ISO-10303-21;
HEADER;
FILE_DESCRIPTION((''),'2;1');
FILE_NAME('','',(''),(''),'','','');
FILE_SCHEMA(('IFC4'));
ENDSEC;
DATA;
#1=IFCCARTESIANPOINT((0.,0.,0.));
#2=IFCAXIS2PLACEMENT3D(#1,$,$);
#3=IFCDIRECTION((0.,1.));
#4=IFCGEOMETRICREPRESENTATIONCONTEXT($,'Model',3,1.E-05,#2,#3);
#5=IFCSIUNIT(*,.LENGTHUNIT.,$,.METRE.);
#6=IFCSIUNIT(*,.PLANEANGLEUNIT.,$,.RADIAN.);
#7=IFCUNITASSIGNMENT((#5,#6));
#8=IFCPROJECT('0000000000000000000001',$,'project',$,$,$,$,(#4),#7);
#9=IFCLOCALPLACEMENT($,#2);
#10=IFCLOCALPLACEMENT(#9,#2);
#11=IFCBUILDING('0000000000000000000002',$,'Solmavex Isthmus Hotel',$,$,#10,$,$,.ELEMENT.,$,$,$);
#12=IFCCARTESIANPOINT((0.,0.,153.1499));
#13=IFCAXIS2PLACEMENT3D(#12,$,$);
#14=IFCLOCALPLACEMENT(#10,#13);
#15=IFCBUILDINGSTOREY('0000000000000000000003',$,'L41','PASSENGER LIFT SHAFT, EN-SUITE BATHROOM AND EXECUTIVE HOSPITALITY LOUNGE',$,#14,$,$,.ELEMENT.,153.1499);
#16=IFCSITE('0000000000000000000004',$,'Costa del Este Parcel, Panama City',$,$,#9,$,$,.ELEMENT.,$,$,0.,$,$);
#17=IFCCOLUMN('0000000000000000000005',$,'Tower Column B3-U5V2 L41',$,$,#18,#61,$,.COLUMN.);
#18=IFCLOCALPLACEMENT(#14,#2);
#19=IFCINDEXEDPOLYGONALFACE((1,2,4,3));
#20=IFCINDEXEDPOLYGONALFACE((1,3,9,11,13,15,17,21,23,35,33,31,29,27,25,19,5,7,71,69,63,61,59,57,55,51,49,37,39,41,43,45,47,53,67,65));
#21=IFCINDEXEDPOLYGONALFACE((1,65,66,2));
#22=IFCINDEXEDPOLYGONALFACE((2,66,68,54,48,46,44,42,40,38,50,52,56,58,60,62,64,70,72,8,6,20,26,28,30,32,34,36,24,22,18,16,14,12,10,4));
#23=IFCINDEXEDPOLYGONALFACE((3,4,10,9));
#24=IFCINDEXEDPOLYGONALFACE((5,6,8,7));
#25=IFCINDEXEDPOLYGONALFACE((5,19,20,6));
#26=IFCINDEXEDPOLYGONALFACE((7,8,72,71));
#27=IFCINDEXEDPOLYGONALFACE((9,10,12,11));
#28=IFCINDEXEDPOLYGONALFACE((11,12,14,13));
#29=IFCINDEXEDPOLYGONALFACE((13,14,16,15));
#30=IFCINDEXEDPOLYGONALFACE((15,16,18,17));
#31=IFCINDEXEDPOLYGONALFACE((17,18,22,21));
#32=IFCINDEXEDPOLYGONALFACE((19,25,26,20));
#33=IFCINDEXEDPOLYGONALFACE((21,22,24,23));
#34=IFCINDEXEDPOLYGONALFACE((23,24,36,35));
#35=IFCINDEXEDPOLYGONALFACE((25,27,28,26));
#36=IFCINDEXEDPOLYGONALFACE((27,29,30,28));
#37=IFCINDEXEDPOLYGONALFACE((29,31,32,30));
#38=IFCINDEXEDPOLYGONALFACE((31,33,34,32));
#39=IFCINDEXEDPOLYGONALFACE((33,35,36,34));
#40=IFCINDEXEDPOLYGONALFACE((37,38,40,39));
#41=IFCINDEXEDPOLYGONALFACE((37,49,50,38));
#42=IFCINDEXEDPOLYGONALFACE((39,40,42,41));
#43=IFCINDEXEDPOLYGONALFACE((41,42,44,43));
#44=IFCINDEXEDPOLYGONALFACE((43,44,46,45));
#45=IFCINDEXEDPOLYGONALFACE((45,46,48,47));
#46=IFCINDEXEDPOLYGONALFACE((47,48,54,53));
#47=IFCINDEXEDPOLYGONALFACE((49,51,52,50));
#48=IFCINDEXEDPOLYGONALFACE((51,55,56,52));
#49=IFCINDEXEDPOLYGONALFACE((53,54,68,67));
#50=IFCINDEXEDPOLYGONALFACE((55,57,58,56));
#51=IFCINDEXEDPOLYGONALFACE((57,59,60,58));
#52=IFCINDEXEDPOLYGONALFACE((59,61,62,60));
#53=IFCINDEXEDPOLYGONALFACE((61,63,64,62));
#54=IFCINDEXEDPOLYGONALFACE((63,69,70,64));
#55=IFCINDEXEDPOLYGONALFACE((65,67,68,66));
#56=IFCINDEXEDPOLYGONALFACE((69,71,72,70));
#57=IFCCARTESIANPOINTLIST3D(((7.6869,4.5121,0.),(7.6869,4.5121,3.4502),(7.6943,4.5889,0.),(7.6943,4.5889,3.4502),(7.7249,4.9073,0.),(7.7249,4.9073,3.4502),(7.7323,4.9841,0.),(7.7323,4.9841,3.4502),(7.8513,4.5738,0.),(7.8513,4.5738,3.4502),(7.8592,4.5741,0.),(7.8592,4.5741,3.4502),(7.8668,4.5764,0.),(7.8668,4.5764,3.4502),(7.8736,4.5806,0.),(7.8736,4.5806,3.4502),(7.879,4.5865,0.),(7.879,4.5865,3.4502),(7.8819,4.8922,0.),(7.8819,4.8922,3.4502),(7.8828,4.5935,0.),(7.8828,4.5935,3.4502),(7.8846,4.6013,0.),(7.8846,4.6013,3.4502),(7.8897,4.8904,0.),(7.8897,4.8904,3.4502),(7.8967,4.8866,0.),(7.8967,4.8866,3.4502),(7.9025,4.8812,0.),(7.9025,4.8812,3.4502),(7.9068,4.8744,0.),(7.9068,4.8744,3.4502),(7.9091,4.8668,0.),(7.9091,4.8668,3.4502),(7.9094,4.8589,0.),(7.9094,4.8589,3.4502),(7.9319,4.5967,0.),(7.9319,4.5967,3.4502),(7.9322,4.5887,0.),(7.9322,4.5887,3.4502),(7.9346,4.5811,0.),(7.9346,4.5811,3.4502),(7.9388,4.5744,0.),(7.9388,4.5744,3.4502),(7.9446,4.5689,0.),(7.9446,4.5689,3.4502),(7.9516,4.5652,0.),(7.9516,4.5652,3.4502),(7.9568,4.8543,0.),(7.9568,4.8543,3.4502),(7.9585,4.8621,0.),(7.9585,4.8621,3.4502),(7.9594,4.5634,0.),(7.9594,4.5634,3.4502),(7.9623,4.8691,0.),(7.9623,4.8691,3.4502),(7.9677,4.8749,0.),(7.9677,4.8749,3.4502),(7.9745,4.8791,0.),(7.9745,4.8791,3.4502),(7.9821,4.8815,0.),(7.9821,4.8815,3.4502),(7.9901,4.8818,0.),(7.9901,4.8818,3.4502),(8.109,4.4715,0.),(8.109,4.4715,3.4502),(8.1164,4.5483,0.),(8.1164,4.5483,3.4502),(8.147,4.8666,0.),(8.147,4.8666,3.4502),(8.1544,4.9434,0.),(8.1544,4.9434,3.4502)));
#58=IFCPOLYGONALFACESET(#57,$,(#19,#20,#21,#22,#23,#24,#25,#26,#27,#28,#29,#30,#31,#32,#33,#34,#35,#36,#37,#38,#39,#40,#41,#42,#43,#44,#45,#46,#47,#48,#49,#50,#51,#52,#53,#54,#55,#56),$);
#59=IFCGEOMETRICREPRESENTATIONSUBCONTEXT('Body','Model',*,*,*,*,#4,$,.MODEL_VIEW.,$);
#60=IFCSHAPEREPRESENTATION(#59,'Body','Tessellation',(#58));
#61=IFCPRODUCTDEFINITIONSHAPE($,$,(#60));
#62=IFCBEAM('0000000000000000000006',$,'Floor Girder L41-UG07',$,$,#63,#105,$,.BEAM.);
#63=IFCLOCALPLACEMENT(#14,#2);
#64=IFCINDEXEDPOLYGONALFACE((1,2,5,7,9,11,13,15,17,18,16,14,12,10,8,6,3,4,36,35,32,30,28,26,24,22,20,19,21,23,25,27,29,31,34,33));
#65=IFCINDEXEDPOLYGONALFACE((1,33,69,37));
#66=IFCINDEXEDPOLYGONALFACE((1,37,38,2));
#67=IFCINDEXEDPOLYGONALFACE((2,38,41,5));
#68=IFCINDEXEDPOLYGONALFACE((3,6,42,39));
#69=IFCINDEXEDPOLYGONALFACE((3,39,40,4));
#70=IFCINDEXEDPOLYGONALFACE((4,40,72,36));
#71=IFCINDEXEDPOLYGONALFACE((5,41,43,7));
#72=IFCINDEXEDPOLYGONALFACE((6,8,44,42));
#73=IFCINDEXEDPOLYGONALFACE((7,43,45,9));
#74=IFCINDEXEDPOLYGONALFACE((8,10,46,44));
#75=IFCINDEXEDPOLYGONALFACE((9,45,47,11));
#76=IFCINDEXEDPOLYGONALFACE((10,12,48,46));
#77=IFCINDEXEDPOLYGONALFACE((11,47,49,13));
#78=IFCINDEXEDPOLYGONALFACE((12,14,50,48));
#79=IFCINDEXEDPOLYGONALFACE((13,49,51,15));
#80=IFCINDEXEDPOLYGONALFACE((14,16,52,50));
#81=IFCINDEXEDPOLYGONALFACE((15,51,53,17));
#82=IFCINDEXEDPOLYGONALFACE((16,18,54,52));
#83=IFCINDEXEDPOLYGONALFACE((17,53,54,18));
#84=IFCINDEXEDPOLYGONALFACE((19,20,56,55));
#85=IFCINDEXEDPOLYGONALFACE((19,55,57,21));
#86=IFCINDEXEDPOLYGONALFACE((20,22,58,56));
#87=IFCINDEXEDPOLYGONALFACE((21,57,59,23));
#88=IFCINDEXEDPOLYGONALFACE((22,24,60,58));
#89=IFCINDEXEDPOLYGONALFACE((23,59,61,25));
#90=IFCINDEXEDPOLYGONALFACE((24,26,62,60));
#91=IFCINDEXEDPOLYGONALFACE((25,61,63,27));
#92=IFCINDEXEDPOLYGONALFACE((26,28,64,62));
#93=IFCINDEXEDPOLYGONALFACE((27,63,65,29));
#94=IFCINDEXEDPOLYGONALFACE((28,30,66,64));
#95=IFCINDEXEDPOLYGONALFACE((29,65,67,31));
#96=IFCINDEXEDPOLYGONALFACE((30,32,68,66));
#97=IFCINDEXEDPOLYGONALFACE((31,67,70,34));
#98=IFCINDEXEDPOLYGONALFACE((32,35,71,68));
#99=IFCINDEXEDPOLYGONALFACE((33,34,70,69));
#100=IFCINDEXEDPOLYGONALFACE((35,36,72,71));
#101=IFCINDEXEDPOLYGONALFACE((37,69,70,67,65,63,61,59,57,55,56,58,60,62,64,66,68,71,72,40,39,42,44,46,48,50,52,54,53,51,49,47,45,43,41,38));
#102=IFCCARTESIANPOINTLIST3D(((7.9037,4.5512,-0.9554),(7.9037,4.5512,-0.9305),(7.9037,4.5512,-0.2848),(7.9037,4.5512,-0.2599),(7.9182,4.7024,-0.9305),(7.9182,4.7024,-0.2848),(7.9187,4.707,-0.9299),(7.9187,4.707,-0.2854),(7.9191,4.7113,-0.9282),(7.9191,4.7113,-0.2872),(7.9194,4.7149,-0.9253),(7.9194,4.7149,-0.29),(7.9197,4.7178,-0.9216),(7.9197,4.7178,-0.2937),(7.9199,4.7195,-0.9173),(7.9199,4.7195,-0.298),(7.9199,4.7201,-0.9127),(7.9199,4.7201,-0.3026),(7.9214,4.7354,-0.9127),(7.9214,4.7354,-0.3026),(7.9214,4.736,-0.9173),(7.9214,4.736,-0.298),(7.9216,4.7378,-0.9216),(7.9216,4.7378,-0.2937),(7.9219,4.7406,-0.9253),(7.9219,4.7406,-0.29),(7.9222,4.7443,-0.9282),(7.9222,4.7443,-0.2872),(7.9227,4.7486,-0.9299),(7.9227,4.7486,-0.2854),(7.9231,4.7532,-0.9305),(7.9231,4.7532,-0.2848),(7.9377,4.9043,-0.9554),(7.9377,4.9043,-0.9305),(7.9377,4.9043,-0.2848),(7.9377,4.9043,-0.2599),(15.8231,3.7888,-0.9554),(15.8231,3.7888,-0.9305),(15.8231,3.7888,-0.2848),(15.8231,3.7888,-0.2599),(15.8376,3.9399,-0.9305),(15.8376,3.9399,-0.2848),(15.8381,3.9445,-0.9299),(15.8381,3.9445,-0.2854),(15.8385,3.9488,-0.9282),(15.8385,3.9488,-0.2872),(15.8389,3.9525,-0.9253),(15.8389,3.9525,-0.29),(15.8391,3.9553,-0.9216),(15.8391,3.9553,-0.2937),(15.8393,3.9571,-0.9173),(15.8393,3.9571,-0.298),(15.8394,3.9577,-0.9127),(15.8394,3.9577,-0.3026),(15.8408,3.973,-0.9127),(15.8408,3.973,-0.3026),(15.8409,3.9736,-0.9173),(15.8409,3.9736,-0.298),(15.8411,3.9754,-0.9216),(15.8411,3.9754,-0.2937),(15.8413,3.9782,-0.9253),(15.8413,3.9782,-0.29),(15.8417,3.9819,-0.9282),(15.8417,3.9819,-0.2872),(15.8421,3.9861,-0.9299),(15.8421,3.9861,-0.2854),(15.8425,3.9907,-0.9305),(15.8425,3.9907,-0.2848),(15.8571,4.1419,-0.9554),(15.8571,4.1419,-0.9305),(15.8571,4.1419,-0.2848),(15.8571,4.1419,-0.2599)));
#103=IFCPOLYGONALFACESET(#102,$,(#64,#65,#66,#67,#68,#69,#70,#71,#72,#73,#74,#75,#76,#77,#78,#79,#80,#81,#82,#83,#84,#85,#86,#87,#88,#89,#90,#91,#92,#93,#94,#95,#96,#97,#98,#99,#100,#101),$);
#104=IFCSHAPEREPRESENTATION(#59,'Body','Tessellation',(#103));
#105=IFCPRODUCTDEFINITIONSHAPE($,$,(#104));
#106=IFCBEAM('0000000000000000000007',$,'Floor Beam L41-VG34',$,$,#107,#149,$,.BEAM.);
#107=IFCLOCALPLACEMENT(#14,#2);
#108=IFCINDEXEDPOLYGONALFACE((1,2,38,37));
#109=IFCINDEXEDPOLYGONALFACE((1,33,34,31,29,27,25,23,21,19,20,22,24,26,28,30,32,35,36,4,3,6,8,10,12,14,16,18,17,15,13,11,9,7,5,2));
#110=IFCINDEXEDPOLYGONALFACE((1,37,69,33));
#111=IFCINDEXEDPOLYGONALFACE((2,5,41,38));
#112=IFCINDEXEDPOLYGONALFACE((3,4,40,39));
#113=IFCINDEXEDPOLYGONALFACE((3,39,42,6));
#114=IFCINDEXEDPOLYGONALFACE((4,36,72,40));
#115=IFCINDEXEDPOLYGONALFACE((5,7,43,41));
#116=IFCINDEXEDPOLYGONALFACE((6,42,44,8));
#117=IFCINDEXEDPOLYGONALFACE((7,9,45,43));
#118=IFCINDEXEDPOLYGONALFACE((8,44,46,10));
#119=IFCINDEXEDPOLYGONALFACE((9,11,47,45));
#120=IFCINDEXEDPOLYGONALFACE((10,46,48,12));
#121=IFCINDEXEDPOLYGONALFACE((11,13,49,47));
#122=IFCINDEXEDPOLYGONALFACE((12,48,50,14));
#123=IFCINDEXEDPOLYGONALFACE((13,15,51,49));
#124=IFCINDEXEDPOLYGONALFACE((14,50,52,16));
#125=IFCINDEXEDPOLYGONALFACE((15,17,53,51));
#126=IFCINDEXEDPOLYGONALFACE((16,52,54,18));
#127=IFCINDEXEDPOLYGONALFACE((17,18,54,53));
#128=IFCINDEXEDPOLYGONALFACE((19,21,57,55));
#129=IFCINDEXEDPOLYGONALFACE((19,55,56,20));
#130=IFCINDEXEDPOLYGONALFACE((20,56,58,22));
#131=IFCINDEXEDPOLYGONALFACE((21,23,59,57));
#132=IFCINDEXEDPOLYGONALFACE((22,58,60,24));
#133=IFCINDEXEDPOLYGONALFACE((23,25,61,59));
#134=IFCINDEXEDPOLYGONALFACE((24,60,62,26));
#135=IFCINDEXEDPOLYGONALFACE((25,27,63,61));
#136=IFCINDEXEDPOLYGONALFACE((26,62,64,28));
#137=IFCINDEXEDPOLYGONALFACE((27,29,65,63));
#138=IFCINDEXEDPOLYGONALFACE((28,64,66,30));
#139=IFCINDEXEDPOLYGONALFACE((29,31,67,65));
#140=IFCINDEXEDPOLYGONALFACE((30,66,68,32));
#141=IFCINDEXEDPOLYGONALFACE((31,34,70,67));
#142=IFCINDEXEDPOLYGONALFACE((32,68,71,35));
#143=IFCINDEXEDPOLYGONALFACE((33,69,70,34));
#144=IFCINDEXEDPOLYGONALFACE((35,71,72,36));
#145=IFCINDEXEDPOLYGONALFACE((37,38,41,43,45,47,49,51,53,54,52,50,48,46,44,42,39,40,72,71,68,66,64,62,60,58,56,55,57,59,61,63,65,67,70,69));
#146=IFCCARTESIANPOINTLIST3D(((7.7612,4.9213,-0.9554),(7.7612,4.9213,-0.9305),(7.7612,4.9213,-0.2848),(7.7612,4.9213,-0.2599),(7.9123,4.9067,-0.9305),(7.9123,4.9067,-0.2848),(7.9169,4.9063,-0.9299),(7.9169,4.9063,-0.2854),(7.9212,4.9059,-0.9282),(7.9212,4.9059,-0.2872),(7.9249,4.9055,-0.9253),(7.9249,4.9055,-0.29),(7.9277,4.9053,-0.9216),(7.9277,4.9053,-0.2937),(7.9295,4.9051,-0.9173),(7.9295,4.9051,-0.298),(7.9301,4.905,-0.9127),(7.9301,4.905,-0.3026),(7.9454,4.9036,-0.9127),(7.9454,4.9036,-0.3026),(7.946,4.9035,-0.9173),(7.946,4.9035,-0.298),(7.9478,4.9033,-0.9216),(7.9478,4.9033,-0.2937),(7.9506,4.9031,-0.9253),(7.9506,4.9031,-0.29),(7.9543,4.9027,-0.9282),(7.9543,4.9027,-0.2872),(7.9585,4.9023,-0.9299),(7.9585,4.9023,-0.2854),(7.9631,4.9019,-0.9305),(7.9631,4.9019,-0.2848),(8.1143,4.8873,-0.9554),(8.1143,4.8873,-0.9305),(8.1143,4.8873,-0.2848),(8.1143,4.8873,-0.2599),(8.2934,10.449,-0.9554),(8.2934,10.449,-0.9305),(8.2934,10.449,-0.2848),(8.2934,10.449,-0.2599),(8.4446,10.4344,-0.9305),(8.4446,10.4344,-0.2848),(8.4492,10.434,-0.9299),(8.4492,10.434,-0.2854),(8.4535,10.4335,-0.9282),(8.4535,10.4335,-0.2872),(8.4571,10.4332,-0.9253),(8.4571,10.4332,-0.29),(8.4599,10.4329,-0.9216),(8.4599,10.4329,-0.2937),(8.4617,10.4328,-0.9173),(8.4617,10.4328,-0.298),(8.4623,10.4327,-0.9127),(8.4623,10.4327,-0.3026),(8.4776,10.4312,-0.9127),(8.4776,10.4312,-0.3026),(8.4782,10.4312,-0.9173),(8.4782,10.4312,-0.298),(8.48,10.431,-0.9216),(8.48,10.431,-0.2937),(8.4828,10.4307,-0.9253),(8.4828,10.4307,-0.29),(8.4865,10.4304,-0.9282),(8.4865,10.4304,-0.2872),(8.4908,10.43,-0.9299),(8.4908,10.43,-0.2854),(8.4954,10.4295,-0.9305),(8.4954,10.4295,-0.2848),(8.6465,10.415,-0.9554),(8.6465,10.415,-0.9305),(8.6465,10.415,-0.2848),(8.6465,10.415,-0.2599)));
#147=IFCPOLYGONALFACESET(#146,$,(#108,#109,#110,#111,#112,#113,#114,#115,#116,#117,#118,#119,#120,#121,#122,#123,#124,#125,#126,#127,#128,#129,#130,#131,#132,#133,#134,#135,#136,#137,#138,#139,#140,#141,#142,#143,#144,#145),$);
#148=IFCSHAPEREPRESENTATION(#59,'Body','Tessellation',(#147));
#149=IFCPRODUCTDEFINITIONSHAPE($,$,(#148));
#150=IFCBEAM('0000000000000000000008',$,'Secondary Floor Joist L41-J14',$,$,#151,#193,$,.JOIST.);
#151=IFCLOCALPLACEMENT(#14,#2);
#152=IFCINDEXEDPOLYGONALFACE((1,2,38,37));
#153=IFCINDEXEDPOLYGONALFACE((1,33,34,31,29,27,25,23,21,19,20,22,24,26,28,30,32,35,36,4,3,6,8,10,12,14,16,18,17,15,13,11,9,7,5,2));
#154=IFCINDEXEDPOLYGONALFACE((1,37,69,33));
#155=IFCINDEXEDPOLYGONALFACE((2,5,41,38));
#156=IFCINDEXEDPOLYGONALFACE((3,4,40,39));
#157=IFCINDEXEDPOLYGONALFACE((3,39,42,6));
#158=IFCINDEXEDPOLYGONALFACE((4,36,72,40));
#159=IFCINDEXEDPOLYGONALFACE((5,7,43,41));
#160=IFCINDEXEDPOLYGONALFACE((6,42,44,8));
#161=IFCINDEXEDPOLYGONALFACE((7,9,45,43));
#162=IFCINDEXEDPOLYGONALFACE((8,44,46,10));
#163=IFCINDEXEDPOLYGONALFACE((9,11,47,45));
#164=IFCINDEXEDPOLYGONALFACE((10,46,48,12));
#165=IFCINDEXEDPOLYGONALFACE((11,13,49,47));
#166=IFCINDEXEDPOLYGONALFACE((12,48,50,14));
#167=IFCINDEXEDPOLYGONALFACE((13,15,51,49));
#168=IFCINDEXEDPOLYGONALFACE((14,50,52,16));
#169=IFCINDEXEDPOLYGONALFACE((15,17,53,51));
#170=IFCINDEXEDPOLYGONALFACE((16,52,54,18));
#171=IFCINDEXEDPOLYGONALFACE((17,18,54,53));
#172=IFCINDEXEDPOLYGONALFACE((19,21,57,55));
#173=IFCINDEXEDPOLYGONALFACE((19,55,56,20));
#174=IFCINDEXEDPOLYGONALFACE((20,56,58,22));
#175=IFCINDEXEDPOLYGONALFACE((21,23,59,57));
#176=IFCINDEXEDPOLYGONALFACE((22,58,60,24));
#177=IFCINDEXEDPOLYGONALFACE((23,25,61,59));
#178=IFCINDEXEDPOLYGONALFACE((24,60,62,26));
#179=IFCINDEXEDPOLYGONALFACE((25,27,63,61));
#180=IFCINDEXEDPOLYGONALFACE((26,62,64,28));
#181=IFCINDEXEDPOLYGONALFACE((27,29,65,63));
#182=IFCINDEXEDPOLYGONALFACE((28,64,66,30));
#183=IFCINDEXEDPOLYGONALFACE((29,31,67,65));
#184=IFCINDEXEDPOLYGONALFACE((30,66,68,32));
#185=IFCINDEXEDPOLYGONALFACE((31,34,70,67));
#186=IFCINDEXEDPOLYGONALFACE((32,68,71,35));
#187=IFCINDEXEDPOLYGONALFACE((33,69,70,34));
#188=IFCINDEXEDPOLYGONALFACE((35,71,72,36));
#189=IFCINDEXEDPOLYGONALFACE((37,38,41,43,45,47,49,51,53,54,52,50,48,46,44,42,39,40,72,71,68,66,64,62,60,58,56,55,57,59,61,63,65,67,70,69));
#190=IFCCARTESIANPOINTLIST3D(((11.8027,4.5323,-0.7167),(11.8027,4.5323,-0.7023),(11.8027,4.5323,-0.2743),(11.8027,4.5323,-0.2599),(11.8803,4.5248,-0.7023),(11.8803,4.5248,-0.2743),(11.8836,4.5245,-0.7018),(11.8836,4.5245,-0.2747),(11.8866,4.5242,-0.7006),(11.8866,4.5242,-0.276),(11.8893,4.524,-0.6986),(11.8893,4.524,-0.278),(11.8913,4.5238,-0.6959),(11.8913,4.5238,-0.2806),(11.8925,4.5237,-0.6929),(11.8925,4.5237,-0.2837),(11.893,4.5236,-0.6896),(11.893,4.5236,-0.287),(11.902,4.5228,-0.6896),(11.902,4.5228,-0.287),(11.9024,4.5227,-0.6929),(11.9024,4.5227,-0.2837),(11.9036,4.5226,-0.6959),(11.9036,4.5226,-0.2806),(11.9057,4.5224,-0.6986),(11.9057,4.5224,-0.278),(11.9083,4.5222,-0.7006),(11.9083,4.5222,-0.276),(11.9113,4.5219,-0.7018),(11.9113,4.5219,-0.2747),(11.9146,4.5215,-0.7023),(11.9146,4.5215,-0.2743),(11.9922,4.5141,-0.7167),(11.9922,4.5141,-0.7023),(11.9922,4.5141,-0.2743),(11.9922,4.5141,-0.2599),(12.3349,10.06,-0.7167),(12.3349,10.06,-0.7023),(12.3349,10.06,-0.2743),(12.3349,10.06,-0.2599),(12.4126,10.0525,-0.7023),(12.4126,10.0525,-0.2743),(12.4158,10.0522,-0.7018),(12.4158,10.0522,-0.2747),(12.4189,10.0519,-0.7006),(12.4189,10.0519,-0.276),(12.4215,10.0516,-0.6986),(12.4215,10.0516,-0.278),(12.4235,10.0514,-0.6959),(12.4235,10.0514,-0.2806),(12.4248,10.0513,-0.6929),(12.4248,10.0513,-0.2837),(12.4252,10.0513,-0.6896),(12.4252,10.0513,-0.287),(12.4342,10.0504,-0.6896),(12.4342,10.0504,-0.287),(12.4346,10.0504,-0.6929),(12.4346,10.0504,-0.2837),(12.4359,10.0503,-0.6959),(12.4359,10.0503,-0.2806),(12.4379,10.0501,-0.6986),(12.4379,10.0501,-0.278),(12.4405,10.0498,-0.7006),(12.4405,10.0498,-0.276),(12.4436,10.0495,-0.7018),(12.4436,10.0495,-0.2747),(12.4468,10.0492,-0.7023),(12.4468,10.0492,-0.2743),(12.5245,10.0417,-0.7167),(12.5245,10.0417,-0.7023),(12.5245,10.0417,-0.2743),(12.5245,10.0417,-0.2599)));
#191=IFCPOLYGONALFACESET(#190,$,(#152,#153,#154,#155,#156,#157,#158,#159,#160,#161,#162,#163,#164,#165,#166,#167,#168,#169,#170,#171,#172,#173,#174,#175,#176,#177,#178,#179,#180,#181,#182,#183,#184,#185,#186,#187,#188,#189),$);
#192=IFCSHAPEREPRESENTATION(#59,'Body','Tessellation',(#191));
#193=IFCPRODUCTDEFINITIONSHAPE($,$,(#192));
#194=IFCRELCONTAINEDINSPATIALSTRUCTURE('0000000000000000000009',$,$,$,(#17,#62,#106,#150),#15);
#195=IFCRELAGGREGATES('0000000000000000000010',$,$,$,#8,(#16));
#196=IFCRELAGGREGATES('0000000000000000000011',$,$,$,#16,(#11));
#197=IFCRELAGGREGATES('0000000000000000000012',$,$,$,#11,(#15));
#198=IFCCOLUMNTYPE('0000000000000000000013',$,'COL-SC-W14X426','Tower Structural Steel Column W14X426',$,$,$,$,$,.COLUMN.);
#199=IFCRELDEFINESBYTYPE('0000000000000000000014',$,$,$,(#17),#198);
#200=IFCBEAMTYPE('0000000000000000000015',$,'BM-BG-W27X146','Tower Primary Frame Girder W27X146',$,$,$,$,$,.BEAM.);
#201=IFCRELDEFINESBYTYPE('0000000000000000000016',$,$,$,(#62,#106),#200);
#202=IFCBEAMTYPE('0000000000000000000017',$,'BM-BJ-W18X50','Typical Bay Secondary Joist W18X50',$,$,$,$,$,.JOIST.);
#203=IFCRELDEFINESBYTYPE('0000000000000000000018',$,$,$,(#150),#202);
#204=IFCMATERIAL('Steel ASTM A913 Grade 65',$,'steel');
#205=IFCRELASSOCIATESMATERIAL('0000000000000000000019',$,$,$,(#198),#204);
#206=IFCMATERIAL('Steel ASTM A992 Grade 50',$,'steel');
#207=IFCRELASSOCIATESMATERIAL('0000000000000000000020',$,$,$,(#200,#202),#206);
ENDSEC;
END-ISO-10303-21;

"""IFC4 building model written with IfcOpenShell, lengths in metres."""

from ifc_helpers import new_model, si_unit, direction, frame, origin, origin_2d, place, context, subcontext, project, spatial, i_section, extrude, material, material_profile, profile_set, type_object, element, save


model = new_model("IFC4")

# Units and contexts
model_context = context("Model", 3, precision=1e-05, world=origin(), true_north=direction((0.0, 1.0)))
body_context = subcontext(model_context, "Body", "Model", "MODEL_VIEW")
ifc_project = project(units=[si_unit("LENGTHUNIT", "METRE"), si_unit("PLANEANGLEUNIT", "RADIAN")], contexts=[model_context])

# Site, building, storey
site_placement = place(None, origin())
site = spatial("IfcSite", under=ifc_project, at=site_placement, Name="Costa del Este Parcel, Panama City", CompositionType="ELEMENT", RefElevation=0.0)
building_placement = place(site_placement, origin())
building = spatial("IfcBuilding", under=site, at=building_placement, Name="Solmavex Isthmus Hotel", CompositionType="ELEMENT")
storey_placement = place(building_placement, frame((0.0, 0.0, 153.1499)))
storey = spatial("IfcBuildingStorey", under=building, at=storey_placement, Name="L41", Description="PASSENGER LIFT SHAFT, EN-SUITE BATHROOM AND EXECUTIVE HOSPITALITY LOUNGE", CompositionType="ELEMENT", Elevation=153.1499)

# Column
ifc_material_1 = material(Name="Steel ASTM A913 Grade 65", Category="steel")
ifc_material_profile_1 = material_profile(ifc_material_1, i_section(OverallWidth=0.4241, OverallDepth=0.4741, WebThickness=0.0476, FlangeThickness=0.0771, FilletRadius=0.0305, at=origin_2d()), Name="W14X426")
ifc_profile_set_1 = profile_set([ifc_material_profile_1], Name="Steel ASTM A913 Grade 65")
column_type = type_object("IfcColumnType", Name="COL-SC-W14X426", Description="Tower Structural Steel Column W14X426", PredefinedType="COLUMN", material=ifc_profile_set_1)
column_placement = place(storey_placement, frame((7.9207, 4.7278, 0.0), z_axis=(0.0, 0.0, 1.0), x_axis=(0.995396, -0.095846, 0.0)))
element("IfcColumn", 1, at=column_placement, inside=storey, type_object=column_type, Name="Tower Column B3-U5V2 L41", PredefinedType="COLUMN", context=body_context, shape_type="SweptSolid", body=[
    extrude(i_section(OverallWidth=0.4241, OverallDepth=0.4741, WebThickness=0.0476, FlangeThickness=0.0771, FilletRadius=0.0305, at=origin_2d()), origin(), (0.0, 0.0, 1.0), 3.4502),
])

# Beams
ifc_material_2 = material(Name="Steel ASTM A992 Grade 50", Category="steel")
ifc_material_profile_2 = material_profile(ifc_material_2, i_section(OverallWidth=0.3547, OverallDepth=0.6956, WebThickness=0.0154, FlangeThickness=0.0249, FilletRadius=0.0178, at=origin_2d()), Name="W27X146")
ifc_profile_set_2 = profile_set([ifc_material_profile_2], Name="Steel ASTM A992 Grade 50")
beam_type_1 = type_object("IfcBeamType", Name="BM-BG-W27X146", Description="Tower Primary Frame Girder W27X146", PredefinedType="BEAM", material=ifc_profile_set_2)
beam_1_placement = place(storey_placement, frame((7.9207, 4.7278, -0.6077), z_axis=(0.995397, -0.095833, 0.0), x_axis=(0.095833, 0.995397, 0.0)))
element("IfcBeam", 2, at=beam_1_placement, inside=storey, type_object=beam_type_1, Name="Floor Girder L41-UG07", PredefinedType="BEAM", context=body_context, shape_type="SweptSolid", body=[
    extrude(i_section(OverallWidth=0.3547, OverallDepth=0.6956, WebThickness=0.0154, FlangeThickness=0.0249, FilletRadius=0.0178, at=origin_2d()), origin(), (0.0, 0.0, 1.0), 7.9561),
])
beam_2_placement = place(storey_placement, frame((7.9377, 4.9043, -0.6077), z_axis=(0.095842, 0.995397, 0.0), x_axis=(-0.995397, 0.095842, 0.0)))
element("IfcBeam", 3, at=beam_2_placement, inside=storey, type_object=beam_type_1, Name="Floor Beam L41-VG34", PredefinedType="BEAM", context=body_context, shape_type="SweptSolid", body=[
    extrude(i_section(OverallWidth=0.3547, OverallDepth=0.6956, WebThickness=0.0154, FlangeThickness=0.0249, FilletRadius=0.0178, at=origin_2d()), origin(), (0.0, 0.0, 1.0), 5.5532),
])
ifc_material_profile_3 = material_profile(ifc_material_2, i_section(OverallWidth=0.1904, OverallDepth=0.4568, WebThickness=0.009, FlangeThickness=0.0144, FilletRadius=0.0127, at=origin_2d()), Name="W18X50")
ifc_profile_set_3 = profile_set([ifc_material_profile_3], Name="Steel ASTM A992 Grade 50")
beam_type_2 = type_object("IfcBeamType", Name="BM-BJ-W18X50", Description="Typical Bay Secondary Joist W18X50", PredefinedType="JOIST", material=ifc_profile_set_3)
beam_3_placement = place(storey_placement, frame((11.8975, 4.5232, -0.4883), z_axis=(0.095842, 0.995397, 0.0), x_axis=(-0.995397, 0.095842, 0.0)))
element("IfcBeam", 4, at=beam_3_placement, inside=storey, type_object=beam_type_2, Name="Secondary Floor Joist L41-J14", PredefinedType="JOIST", context=body_context, shape_type="SweptSolid", body=[
    extrude(i_section(OverallWidth=0.1904, OverallDepth=0.4568, WebThickness=0.009, FlangeThickness=0.0144, FilletRadius=0.0127, at=origin_2d()), origin(), (0.0, 0.0, 1.0), 5.5532),
])

save(model, "model.ifc")
